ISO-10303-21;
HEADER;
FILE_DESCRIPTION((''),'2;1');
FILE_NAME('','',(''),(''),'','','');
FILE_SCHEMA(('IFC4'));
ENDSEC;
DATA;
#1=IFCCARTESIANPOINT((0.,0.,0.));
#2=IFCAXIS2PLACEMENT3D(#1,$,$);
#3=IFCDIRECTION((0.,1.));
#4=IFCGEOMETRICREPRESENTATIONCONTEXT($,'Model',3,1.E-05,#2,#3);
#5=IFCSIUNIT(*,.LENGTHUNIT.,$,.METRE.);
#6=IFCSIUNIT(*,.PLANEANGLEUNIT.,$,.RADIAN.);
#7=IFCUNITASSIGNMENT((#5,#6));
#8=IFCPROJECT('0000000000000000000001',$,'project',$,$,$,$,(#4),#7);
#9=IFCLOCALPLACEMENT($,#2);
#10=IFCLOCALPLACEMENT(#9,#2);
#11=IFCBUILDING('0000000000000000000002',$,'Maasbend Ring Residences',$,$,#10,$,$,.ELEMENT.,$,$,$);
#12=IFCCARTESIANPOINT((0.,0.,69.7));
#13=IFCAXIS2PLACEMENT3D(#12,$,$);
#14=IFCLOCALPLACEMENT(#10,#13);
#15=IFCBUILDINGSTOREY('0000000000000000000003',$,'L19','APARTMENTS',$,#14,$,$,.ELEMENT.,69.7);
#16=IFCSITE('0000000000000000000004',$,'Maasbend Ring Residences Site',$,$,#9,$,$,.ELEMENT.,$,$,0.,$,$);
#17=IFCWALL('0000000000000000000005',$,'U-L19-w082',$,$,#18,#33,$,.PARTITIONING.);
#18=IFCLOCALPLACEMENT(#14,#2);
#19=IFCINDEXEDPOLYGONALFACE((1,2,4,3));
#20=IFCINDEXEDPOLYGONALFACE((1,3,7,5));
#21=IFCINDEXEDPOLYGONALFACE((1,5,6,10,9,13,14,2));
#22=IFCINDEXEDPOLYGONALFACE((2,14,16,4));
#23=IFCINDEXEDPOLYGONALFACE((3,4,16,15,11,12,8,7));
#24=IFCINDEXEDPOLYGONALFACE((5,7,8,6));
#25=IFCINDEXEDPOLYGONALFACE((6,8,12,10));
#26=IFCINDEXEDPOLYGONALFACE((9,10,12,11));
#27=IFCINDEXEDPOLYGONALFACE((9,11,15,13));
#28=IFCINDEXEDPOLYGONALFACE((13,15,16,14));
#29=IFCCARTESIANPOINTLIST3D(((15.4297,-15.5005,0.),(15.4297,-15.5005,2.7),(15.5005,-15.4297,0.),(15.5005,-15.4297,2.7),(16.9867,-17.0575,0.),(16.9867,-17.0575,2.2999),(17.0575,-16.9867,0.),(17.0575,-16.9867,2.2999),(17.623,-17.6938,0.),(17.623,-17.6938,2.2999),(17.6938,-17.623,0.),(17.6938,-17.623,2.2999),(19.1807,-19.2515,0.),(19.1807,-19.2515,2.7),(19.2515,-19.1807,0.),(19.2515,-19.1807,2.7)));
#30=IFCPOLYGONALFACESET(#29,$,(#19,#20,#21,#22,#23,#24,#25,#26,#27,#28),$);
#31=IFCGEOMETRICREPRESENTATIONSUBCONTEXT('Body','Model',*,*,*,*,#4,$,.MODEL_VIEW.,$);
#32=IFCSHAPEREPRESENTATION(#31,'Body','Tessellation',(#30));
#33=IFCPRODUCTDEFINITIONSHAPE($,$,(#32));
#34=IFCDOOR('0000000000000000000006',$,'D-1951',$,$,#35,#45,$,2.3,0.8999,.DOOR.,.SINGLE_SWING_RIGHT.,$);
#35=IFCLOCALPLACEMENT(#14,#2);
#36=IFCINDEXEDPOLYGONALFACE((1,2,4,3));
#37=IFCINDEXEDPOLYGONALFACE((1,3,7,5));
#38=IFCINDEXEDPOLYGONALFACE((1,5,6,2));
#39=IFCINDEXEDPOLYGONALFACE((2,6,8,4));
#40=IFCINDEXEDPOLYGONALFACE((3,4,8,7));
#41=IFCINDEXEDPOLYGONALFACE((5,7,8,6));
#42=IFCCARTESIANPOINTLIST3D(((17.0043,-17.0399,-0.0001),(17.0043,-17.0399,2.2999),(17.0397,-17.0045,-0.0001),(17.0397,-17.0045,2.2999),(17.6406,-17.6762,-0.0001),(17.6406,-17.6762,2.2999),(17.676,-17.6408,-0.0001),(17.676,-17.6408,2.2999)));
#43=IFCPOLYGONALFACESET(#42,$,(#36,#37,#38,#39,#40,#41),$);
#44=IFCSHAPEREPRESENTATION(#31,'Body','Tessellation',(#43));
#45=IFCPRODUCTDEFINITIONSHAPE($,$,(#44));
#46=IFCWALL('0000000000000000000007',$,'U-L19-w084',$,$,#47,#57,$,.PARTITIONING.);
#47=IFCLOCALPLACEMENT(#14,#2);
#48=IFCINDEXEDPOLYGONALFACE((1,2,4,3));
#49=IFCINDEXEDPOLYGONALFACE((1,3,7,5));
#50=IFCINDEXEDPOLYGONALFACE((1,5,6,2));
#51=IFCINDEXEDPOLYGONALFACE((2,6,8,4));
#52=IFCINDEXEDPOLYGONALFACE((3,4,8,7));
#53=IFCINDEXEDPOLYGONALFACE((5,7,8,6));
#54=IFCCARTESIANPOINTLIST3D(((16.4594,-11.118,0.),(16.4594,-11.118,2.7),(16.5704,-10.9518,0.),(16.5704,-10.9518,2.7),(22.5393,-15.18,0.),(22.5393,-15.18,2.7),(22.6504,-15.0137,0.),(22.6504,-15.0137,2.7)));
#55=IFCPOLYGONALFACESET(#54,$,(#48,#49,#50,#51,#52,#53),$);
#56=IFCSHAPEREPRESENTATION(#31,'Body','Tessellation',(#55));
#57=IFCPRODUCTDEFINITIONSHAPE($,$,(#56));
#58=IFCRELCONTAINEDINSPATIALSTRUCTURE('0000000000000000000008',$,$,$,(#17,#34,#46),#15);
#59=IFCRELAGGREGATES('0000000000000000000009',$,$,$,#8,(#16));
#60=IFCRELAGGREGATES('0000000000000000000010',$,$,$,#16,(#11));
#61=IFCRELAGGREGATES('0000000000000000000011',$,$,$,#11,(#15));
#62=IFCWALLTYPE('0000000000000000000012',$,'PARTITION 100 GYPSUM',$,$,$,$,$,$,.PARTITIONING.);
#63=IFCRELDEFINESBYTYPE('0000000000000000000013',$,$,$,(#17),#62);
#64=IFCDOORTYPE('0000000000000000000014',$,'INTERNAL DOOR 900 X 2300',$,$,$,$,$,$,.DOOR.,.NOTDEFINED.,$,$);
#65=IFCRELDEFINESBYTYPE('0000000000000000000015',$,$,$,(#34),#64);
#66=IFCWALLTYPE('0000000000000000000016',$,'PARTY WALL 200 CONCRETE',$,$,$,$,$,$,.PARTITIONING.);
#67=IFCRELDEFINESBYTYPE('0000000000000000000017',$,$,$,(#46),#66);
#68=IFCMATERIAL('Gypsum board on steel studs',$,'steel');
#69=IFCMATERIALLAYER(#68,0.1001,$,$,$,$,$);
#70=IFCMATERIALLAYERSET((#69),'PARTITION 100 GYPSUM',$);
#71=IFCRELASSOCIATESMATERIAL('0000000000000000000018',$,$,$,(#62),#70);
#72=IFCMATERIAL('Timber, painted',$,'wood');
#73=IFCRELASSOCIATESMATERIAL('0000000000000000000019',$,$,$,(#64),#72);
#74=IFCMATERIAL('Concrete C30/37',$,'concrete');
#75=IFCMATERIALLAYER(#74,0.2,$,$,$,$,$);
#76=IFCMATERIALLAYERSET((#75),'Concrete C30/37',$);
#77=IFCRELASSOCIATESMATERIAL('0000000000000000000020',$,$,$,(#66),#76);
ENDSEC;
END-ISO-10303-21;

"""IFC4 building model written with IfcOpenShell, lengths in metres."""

from ifc_helpers import new_model, si_unit, direction, frame, frame_2d, origin, place, context, subcontext, project, spatial, rectangle, extrude, material, layer, layer_set, type_object, element, fill, save


model = new_model("IFC4")

# Units and contexts
model_context = context("Model", 3, precision=1e-05, world=origin(), true_north=direction((0.0, 1.0)))
body_context = subcontext(model_context, "Body", "Model", "MODEL_VIEW")
ifc_project = project(units=[si_unit("LENGTHUNIT", "METRE"), si_unit("PLANEANGLEUNIT", "RADIAN")], contexts=[model_context])

# Site, building, storey
site_placement = place(None, origin())
site = spatial("IfcSite", under=ifc_project, at=site_placement, Name="Maasbend Ring Residences Site", CompositionType="ELEMENT", RefElevation=0.0)
building_placement = place(site_placement, origin())
building = spatial("IfcBuilding", under=site, at=building_placement, Name="Maasbend Ring Residences", CompositionType="ELEMENT")
storey_placement = place(building_placement, frame((0.0, 0.0, 69.7)))
storey = spatial("IfcBuildingStorey", under=building, at=storey_placement, Name="L19", Description="APARTMENTS", CompositionType="ELEMENT", Elevation=69.7)

# Shared definitions
ifc_material_1 = material(Name="Gypsum board on steel studs", Category="steel")
ifc_layer_1 = layer(ifc_material_1, 0.1001)
ifc_layer_set_1 = layer_set([ifc_layer_1], Name="PARTITION 100 GYPSUM")
wall_type_1 = type_object("IfcWallType", Name="PARTITION 100 GYPSUM", PredefinedType="PARTITIONING", material=ifc_layer_set_1)

# Wall, opening, door
ifc_material_2 = material(Name="Timber, painted", Category="wood")
door_type_1 = type_object("IfcDoorType", Name="INTERNAL DOOR 900 X 2300", OperationType="NOTDEFINED", PredefinedType="DOOR", material=ifc_material_2)
wall_1_placement = place(storey_placement, frame((15.4651, -15.4651, 0.0), z_axis=(0.0, 0.0, 1.0), x_axis=(0.707107, -0.707107, 0.0)))
wall_1 = element("IfcWall", 1, at=wall_1_placement, inside=storey, type_object=wall_type_1, Name="U-L19-w082", PredefinedType="PARTITIONING", context=body_context, shape_type="SweptSolid", body=[
    extrude(rectangle(XDim=5.3047, YDim=0.1001, at=frame_2d((2.6523, 0.0))), origin(), (0.0, 0.0, 1.0), 2.7),
])
opening_1_placement = place(wall_1_placement, frame((2.2019, 0.0, 0.0)))
opening_1 = element("IfcOpeningElement", 2, at=opening_1_placement, cuts=wall_1, PredefinedType="OPENING", context=body_context, shape_type="SweptSolid", body=[
    extrude(rectangle(XDim=0.8999, YDim=2.3, at=frame_2d((0.45, 1.1499))), frame((0.0, 0.0601, 0.0), z_axis=(0.0, -1.0, 0.0), x_axis=(1.0, 0.0, 0.0)), (0.0, 0.0, 1.0), 0.1201),
])
door_1_placement = place(opening_1_placement, origin())
door_1 = element("IfcDoor", 3, at=door_1_placement, inside=storey, type_object=door_type_1, Name="D-1951", OperationType="SINGLE_SWING_RIGHT", OverallHeight=2.3, OverallWidth=0.8999, PredefinedType="DOOR", context=body_context, shape_type="SweptSolid", body=[
    extrude(rectangle(XDim=0.8999, YDim=2.3, at=frame_2d((0.45, 1.1499))), frame((0.0, 0.0249, 0.0), z_axis=(0.0, -1.0, 0.0), x_axis=(1.0, 0.0, 0.0)), (0.0, 0.0, 1.0), 0.05),
])
fill(opening_1, door_1)

# Wall
ifc_material_3 = material(Name="Concrete C30/37", Category="concrete")
ifc_layer_2 = layer(ifc_material_3, 0.2)
ifc_layer_set_2 = layer_set([ifc_layer_2], Name="Concrete C30/37")
wall_type_2 = type_object("IfcWallType", Name="PARTY WALL 200 CONCRETE", PredefinedType="PARTITIONING", material=ifc_layer_set_2)
wall_2_placement = place(storey_placement, frame((16.5149, -11.0349, 0.0), z_axis=(0.0, 0.0, 1.0), x_axis=(0.831505, -0.555517, 0.0)))
element("IfcWall", 4, at=wall_2_placement, inside=storey, type_object=wall_type_2, Name="U-L19-w084", PredefinedType="PARTITIONING", context=body_context, shape_type="SweptSolid", body=[
    extrude(rectangle(XDim=7.312, YDim=0.2, at=frame_2d((3.656, 0.0))), origin(), (0.0, 0.0, 1.0), 2.7),
])

save(model, "model.ifc")
